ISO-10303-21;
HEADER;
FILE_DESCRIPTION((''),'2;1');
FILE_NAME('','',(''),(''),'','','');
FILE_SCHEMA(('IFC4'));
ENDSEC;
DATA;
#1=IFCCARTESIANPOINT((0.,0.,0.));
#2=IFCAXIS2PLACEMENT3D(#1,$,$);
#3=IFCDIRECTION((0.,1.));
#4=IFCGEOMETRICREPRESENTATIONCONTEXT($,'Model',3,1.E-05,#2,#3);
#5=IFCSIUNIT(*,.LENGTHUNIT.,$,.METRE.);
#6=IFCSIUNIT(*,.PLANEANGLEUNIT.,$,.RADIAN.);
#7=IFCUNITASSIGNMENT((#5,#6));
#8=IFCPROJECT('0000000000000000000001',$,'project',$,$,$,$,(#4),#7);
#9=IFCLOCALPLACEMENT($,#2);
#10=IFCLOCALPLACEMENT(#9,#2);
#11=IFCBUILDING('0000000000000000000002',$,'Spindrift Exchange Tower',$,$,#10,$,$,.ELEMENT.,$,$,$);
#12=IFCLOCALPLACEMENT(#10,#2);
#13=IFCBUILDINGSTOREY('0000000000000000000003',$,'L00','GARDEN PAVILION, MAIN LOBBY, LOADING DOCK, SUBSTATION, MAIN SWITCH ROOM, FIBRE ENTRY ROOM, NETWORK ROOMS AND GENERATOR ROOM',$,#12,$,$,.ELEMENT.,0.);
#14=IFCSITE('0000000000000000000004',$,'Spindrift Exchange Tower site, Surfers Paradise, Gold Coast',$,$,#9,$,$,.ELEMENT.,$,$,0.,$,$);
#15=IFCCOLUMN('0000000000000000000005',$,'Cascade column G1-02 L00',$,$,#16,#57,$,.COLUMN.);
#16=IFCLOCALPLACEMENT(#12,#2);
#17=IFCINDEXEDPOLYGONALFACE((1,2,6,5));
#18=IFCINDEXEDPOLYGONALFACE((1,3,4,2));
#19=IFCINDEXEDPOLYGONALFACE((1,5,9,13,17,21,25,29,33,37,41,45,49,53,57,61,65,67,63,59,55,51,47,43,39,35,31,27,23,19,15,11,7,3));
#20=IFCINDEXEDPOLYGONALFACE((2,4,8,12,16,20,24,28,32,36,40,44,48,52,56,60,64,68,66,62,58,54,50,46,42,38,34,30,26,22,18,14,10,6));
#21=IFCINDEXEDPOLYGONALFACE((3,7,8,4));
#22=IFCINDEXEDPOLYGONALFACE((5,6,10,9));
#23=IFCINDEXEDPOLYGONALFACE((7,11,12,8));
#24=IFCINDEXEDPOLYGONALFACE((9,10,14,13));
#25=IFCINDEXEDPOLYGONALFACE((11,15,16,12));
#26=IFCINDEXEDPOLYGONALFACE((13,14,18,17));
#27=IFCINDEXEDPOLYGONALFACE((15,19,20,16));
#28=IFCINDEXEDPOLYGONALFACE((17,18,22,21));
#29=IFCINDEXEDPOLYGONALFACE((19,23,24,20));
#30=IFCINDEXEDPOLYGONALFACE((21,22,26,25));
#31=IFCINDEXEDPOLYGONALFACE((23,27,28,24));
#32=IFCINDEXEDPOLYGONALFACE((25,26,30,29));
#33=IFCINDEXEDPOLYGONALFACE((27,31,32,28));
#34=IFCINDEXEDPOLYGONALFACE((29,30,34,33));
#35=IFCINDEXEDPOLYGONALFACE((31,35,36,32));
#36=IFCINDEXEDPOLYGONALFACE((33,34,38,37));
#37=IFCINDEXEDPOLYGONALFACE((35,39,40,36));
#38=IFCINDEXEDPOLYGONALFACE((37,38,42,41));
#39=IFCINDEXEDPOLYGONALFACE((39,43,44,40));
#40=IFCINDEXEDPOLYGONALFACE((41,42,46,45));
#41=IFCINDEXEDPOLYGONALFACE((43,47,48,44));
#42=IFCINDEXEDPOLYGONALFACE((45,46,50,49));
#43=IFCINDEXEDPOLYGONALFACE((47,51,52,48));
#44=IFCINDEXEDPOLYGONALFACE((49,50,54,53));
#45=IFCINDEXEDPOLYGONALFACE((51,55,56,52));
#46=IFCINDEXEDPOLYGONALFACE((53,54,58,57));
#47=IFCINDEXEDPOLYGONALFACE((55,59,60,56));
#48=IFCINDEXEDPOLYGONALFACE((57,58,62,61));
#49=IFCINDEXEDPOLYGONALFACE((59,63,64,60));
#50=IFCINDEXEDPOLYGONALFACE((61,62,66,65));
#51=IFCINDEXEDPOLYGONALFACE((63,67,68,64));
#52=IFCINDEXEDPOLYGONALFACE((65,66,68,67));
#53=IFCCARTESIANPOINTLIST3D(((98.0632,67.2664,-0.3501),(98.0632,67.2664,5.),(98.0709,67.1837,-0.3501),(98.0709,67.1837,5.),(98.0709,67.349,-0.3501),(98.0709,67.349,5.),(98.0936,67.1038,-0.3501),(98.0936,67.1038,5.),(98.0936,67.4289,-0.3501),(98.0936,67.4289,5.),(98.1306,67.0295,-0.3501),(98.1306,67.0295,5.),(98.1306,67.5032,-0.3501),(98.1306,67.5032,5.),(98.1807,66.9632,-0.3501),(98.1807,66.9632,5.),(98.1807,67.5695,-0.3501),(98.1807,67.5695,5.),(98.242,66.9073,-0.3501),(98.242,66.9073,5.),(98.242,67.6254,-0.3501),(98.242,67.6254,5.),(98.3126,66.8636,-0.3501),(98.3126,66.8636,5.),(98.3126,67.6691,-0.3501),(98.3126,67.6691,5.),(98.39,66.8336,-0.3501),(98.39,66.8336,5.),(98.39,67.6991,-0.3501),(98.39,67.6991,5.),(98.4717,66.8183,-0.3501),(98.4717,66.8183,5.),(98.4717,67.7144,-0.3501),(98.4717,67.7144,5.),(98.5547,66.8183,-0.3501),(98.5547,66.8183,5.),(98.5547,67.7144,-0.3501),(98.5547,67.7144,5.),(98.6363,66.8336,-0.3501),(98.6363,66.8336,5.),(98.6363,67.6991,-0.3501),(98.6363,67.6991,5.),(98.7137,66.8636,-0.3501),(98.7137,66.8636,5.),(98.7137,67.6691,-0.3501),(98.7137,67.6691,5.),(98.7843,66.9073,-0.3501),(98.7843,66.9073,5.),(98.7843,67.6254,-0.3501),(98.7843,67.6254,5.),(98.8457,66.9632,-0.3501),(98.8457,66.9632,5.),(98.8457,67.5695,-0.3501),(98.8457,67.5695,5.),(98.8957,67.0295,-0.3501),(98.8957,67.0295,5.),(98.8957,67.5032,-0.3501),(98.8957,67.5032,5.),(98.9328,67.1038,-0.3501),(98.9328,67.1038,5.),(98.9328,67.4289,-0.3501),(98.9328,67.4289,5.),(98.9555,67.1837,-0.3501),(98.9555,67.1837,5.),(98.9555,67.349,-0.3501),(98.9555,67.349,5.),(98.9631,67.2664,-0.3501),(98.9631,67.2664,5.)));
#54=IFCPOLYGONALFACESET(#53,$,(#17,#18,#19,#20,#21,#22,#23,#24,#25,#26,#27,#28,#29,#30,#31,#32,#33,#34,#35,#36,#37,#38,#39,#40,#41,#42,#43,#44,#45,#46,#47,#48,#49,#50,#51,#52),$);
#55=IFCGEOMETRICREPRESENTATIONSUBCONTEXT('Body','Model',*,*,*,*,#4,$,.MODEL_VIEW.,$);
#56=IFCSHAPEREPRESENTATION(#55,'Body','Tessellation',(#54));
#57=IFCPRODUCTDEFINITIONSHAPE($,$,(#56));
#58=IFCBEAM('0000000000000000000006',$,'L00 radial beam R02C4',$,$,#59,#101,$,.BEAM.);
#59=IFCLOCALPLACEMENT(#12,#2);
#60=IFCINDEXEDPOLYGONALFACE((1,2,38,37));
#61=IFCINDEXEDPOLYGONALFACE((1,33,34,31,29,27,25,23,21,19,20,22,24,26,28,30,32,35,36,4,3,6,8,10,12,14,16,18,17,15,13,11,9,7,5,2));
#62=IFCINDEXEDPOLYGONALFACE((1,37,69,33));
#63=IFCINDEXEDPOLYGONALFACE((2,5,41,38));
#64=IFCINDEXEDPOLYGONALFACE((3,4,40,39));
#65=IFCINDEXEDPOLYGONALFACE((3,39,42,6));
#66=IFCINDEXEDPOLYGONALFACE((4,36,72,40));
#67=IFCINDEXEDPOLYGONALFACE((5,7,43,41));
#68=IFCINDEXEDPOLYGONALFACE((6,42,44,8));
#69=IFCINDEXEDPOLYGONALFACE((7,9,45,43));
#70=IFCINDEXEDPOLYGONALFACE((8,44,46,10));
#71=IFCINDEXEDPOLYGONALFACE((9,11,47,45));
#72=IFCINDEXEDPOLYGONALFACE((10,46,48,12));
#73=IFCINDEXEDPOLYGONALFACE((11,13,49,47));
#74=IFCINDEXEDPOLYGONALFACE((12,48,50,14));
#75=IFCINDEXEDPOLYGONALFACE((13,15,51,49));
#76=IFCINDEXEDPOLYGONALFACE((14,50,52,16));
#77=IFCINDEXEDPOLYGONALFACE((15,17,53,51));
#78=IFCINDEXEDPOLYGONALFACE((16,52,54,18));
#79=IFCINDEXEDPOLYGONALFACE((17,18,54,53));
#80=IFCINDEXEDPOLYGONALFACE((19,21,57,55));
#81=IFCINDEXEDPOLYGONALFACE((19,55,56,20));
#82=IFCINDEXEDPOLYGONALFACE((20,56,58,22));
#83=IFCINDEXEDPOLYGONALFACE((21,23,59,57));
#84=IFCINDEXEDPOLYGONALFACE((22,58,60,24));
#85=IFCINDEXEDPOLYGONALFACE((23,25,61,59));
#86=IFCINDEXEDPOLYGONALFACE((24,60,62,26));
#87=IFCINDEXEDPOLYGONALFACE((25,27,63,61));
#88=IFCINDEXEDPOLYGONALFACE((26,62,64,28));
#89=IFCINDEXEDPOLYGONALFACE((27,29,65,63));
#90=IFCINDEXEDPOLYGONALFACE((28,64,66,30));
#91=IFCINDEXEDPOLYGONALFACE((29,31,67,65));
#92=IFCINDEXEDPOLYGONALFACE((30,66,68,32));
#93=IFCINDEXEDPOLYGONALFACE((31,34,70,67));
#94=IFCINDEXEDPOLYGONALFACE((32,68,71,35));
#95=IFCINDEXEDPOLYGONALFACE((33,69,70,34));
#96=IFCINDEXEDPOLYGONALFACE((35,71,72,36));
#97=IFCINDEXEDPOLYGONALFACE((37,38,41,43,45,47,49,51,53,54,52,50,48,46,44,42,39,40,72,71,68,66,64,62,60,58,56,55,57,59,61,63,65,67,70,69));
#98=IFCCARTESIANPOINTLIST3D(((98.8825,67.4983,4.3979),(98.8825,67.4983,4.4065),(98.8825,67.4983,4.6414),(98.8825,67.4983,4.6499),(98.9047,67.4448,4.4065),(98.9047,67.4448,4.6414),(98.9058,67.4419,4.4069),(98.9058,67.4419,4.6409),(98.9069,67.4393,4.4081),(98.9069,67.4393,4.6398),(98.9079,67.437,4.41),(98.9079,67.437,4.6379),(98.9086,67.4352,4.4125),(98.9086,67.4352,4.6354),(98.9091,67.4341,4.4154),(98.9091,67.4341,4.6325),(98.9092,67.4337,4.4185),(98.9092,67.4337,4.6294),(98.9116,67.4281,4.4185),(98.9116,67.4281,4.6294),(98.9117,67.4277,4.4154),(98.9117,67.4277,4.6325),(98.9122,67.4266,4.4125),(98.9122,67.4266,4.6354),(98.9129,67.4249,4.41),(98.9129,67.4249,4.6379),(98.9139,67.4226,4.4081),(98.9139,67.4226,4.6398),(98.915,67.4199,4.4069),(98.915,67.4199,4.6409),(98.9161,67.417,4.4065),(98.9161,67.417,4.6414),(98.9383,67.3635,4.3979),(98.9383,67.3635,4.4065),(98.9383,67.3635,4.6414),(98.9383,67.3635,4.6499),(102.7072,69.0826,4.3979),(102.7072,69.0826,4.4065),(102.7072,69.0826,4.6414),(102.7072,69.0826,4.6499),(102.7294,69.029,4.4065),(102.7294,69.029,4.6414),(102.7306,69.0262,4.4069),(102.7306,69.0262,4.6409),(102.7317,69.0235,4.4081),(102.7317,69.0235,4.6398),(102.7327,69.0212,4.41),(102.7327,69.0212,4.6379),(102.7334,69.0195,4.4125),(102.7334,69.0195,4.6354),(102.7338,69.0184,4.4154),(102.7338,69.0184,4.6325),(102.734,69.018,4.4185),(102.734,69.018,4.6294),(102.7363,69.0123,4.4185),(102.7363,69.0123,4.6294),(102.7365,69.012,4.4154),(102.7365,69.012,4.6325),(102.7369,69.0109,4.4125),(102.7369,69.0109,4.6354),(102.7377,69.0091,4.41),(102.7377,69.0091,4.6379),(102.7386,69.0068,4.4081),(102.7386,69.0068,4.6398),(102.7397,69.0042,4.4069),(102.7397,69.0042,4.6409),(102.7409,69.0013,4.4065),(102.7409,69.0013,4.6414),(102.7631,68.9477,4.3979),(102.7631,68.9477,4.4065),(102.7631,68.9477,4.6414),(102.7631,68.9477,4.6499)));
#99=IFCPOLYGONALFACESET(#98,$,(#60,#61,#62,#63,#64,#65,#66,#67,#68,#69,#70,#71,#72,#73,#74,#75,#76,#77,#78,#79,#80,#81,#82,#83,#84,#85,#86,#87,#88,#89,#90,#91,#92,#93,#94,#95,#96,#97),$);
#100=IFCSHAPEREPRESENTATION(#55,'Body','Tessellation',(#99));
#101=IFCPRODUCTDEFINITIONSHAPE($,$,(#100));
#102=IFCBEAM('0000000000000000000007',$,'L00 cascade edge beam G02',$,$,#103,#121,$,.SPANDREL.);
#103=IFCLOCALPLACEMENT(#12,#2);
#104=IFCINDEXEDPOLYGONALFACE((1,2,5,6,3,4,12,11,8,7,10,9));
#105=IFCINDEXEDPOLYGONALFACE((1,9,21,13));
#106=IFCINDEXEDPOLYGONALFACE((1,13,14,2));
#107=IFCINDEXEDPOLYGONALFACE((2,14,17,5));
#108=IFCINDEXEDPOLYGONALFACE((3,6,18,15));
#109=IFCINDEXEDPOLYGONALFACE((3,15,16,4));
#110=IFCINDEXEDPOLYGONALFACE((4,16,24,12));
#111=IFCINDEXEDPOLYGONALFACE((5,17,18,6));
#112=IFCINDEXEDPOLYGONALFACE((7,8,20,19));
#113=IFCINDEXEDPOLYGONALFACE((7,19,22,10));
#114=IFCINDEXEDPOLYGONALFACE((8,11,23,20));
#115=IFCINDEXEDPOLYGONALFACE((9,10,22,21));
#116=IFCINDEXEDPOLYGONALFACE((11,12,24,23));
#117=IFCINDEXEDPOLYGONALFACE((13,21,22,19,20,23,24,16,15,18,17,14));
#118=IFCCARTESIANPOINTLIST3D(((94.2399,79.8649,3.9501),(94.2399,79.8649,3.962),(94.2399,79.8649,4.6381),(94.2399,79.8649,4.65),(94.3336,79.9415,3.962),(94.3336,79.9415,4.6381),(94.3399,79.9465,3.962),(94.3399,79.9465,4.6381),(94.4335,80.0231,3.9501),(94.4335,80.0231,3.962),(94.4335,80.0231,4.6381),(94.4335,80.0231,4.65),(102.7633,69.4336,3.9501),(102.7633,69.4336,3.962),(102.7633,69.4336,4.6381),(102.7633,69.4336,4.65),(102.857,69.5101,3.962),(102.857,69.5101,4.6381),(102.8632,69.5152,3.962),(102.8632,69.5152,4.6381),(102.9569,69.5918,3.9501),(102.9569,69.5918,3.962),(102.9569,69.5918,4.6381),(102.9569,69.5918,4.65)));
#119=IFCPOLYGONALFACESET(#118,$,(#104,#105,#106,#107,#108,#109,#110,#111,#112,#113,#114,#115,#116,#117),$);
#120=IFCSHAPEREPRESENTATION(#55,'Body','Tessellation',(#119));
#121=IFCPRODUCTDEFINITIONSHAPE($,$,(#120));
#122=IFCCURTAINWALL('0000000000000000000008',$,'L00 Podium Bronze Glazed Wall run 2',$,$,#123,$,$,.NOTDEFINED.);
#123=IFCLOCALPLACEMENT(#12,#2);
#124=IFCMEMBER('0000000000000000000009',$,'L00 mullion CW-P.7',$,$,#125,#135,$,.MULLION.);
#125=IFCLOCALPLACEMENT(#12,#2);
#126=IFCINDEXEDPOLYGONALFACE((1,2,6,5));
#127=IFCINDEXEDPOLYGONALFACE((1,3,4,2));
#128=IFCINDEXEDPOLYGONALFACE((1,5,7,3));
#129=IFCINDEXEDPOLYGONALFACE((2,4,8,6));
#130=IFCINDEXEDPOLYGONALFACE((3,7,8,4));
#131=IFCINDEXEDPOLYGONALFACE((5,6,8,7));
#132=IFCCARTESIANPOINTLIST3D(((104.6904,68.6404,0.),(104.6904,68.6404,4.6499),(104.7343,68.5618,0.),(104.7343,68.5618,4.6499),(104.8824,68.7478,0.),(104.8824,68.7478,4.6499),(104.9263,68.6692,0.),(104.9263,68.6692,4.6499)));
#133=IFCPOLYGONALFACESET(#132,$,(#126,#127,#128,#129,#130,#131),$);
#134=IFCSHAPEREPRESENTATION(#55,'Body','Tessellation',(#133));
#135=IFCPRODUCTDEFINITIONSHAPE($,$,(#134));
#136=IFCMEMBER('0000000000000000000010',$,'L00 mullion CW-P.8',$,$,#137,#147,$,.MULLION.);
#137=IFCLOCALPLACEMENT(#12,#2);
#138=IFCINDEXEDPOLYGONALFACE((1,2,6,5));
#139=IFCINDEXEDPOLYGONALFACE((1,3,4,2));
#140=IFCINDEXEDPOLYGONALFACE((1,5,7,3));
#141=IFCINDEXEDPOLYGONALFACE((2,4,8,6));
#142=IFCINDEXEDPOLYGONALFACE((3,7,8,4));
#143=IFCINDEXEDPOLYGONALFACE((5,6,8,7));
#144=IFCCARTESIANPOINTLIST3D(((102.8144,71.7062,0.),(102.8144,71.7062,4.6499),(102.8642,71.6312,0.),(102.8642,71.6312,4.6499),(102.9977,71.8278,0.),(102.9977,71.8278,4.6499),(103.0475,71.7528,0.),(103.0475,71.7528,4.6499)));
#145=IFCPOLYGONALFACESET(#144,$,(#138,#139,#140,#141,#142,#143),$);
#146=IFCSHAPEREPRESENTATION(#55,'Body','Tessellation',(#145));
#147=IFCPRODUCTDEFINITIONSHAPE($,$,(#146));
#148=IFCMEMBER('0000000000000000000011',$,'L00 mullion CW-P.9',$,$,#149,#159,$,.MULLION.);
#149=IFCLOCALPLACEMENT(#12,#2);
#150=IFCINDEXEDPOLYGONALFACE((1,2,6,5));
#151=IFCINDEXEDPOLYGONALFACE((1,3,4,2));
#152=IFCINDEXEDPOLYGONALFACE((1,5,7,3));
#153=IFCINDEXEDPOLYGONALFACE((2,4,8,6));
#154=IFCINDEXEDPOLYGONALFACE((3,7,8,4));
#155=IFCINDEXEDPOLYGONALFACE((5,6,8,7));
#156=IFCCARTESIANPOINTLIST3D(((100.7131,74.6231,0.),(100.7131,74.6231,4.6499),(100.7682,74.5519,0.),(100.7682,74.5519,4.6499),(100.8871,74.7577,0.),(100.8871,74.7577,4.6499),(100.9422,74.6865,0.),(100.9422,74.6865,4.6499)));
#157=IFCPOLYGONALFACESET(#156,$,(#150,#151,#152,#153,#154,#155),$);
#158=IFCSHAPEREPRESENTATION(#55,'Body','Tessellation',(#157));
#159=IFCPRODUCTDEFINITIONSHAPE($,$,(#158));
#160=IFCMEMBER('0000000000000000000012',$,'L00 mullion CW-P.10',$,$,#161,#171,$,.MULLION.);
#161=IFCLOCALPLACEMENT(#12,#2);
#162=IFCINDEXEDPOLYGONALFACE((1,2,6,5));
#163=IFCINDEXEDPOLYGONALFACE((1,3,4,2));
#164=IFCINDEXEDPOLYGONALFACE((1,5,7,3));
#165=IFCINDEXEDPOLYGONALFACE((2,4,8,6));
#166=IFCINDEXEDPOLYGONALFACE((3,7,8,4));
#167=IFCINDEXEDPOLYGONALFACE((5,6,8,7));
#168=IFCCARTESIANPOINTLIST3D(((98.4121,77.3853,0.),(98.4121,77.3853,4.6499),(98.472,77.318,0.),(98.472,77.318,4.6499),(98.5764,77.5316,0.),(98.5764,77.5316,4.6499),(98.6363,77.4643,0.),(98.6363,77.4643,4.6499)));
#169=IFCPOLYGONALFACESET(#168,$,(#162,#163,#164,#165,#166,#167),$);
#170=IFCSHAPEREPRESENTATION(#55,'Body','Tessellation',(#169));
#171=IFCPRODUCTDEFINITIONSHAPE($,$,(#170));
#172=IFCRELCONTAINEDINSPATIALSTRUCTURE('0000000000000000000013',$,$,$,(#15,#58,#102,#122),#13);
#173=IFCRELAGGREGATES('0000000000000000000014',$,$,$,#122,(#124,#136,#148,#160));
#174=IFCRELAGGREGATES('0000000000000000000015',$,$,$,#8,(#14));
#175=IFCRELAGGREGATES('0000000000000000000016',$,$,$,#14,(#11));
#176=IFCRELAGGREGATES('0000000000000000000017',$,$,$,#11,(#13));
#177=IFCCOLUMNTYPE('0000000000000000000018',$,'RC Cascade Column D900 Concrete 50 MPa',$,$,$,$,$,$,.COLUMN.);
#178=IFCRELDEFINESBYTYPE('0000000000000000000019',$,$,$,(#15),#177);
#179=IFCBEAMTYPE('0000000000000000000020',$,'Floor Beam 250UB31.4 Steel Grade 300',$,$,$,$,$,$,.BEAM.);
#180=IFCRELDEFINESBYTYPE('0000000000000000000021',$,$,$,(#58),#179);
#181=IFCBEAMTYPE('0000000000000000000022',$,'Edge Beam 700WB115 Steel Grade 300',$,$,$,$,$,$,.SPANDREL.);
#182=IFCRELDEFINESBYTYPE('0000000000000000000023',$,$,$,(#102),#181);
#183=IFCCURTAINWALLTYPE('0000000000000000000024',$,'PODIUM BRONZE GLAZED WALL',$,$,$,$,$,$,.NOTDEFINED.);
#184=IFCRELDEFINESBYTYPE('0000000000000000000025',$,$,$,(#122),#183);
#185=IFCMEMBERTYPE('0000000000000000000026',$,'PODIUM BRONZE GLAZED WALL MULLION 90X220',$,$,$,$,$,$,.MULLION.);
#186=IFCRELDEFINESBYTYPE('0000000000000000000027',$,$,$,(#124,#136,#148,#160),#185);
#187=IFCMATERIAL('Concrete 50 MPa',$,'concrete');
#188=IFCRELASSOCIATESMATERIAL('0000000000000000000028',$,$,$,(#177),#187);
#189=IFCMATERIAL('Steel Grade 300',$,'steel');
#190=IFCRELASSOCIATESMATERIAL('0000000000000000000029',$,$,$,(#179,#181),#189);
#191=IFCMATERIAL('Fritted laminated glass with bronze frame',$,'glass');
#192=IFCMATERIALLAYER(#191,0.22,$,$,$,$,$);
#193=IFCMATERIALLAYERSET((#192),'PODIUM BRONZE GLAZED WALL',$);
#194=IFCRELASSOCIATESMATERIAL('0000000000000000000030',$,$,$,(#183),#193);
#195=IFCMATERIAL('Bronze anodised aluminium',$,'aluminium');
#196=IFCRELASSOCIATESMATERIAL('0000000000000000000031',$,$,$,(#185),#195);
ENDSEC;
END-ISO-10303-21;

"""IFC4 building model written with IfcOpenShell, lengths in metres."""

from ifc_helpers import new_model, si_unit, direction, frame, origin, origin_2d, place, context, subcontext, project, spatial, rectangle, circle, i_section, extrude, source, transform, mapped, material, layer, layer_set, material_profile, profile_set, type_object, element, aggregate, save


model = new_model("IFC4")

# Units and contexts
model_context = context("Model", 3, precision=1e-05, world=origin(), true_north=direction((0.0, 1.0)))
body_context = subcontext(model_context, "Body", "Model", "MODEL_VIEW")
ifc_project = project(units=[si_unit("LENGTHUNIT", "METRE"), si_unit("PLANEANGLEUNIT", "RADIAN")], contexts=[model_context])

# Site, building, storey
site_placement = place(None, origin())
site = spatial("IfcSite", under=ifc_project, at=site_placement, Name="Spindrift Exchange Tower site, Surfers Paradise, Gold Coast", CompositionType="ELEMENT", RefElevation=0.0)
building_placement = place(site_placement, origin())
building = spatial("IfcBuilding", under=site, at=building_placement, Name="Spindrift Exchange Tower", CompositionType="ELEMENT")
storey_placement = place(building_placement, origin())
storey = spatial("IfcBuildingStorey", under=building, at=storey_placement, Name="L00", Description="GARDEN PAVILION, MAIN LOBBY, LOADING DOCK, SUBSTATION, MAIN SWITCH ROOM, FIBRE ENTRY ROOM, NETWORK ROOMS AND GENERATOR ROOM", CompositionType="ELEMENT", Elevation=0.0)

# Column
ifc_material_1 = material(Name="Concrete 50 MPa", Category="concrete")
ifc_material_profile_1 = material_profile(ifc_material_1, circle(Radius=0.45, at=origin_2d()), Name="RC D900")
ifc_profile_set_1 = profile_set([ifc_material_profile_1], Name="Concrete 50 MPa")
column_type = type_object("IfcColumnType", Name="RC Cascade Column D900 Concrete 50 MPa", PredefinedType="COLUMN", material=ifc_profile_set_1)
shared_shape_1 = source(origin(), body_context, "Body", "SweptSolid", [
    extrude(circle(Radius=0.45, at=origin_2d()), origin(), (0.0, 0.0, 1.0), 5.3501),
])
column_1_placement = place(storey_placement, frame((98.5132, 67.2664, -0.3501), z_axis=(0.0, 0.0, 1.0), x_axis=(1.0, 0.0, 0.0)))
element("IfcColumn", 1, at=column_1_placement, inside=storey, type_object=column_type, Name="Cascade column G1-02 L00", PredefinedType="COLUMN", context=body_context, shape_type="MappedRepresentation", body=[
    mapped(shared_shape_1, transform((0.0, 0.0, 0.0), scale=1.0)),
])

# Beams
ifc_material_2 = material(Name="Steel Grade 300", Category="steel")
ifc_material_profile_2 = material_profile(ifc_material_2, i_section(OverallWidth=0.146, OverallDepth=0.252, WebThickness=0.0061, FlangeThickness=0.0085, FilletRadius=0.012, at=origin_2d()), Name="250UB31.4")
ifc_profile_set_2 = profile_set([ifc_material_profile_2], Name="Steel Grade 300")
beam_type_1 = type_object("IfcBeamType", Name="Floor Beam 250UB31.4 Steel Grade 300", PredefinedType="BEAM", material=ifc_profile_set_2)
shared_shape_2 = source(origin(), body_context, "Body", "SweptSolid", [
    extrude(i_section(OverallWidth=0.146, OverallDepth=0.252, WebThickness=0.0061, FlangeThickness=0.0085, FilletRadius=0.012, at=origin_2d()), origin(), (0.0, 0.0, 1.0), 4.1399),
])
beam_1_placement = place(storey_placement, frame((98.9104, 67.4309, 4.5239), z_axis=(0.923881, 0.38268, 0.0), x_axis=(-0.38268, 0.923881, 0.0)))
element("IfcBeam", 2, at=beam_1_placement, inside=storey, type_object=beam_type_1, Name="L00 radial beam R02C4", PredefinedType="BEAM", context=body_context, shape_type="MappedRepresentation", body=[
    mapped(shared_shape_2, transform((0.0, 0.0, 0.0), scale=1.0)),
])
ifc_material_profile_3 = material_profile(ifc_material_2, i_section(OverallWidth=0.25, OverallDepth=0.7, WebThickness=0.0081, FlangeThickness=0.012, at=origin_2d()), Name="700WB115")
ifc_profile_set_3 = profile_set([ifc_material_profile_3], Name="Steel Grade 300")
beam_type_2 = type_object("IfcBeamType", Name="Edge Beam 700WB115 Steel Grade 300", PredefinedType="SPANDREL", material=ifc_profile_set_3)
shared_shape_3 = source(origin(), body_context, "Body", "SweptSolid", [
    extrude(i_section(OverallWidth=0.25, OverallDepth=0.7, WebThickness=0.0081, FlangeThickness=0.012, at=origin_2d()), origin(), (0.0, 0.0, 1.0), 13.4707),
])
beam_2_placement = place(storey_placement, frame((102.8601, 69.5127, 4.3), z_axis=(-0.632733, 0.77437, 0.0), x_axis=(-0.77437, -0.632733, 0.0)))
element("IfcBeam", 3, at=beam_2_placement, inside=storey, type_object=beam_type_2, Name="L00 cascade edge beam G02", PredefinedType="SPANDREL", context=body_context, shape_type="MappedRepresentation", body=[
    mapped(shared_shape_3, transform((0.0, 0.0, 0.0), scale=1.0)),
])

# Curtain wall, members
ifc_material_3 = material(Name="Fritted laminated glass with bronze frame", Category="glass")
ifc_layer_1 = layer(ifc_material_3, 0.22)
ifc_layer_set_1 = layer_set([ifc_layer_1], Name="PODIUM BRONZE GLAZED WALL")
curtain_wall_type = type_object("IfcCurtainWallType", Name="PODIUM BRONZE GLAZED WALL", PredefinedType="NOTDEFINED", material=ifc_layer_set_1)
curtain_wall_placement = place(storey_placement, origin())
curtain_wall = element("IfcCurtainWall", 4, at=curtain_wall_placement, inside=storey, type_object=curtain_wall_type, Name="L00 Podium Bronze Glazed Wall run 2", PredefinedType="NOTDEFINED")
ifc_material_4 = material(Name="Bronze anodised aluminium", Category="aluminium")
ifc_material_profile_4 = material_profile(ifc_material_4, rectangle(XDim=0.0901, YDim=0.22, at=origin_2d()), Name="PODIUM BRONZE GLAZED WALL MULLION 90X220")
ifc_profile_set_4 = profile_set([ifc_material_profile_4], Name="Bronze anodised aluminium")
member_type_1 = type_object("IfcMemberType", Name="PODIUM BRONZE GLAZED WALL MULLION 90X220", PredefinedType="MULLION", material=ifc_profile_set_4)
shared_shape_4 = source(origin(), body_context, "Body", "SweptSolid", [
    extrude(rectangle(XDim=0.0901, YDim=0.22, at=origin_2d()), origin(), (0.0, 0.0, 1.0), 4.6499),
])
member_1_placement = place(storey_placement, frame((104.8083, 68.6548, 0.0), z_axis=(0.0, 0.0, 1.0), x_axis=(-0.488166, 0.872751, 0.0)))
member_1 = element("IfcMember", 5, at=member_1_placement, type_object=member_type_1, Name="L00 mullion CW-P.7", PredefinedType="MULLION", context=body_context, shape_type="MappedRepresentation", body=[
    mapped(shared_shape_4, transform((0.0, 0.0, 0.0), scale=1.0)),
])
member_2_placement = place(storey_placement, frame((102.9309, 71.7295, 0.0), z_axis=(0.0, 0.0, 1.0), x_axis=(-0.552843, 0.833286, 0.0)))
member_2 = element("IfcMember", 6, at=member_2_placement, type_object=member_type_1, Name="L00 mullion CW-P.8", PredefinedType="MULLION", context=body_context, shape_type="MappedRepresentation", body=[
    mapped(shared_shape_4, transform((0.0, 0.0, 0.0), scale=1.0)),
])
member_3_placement = place(storey_placement, frame((100.8276, 74.6548, 0.0), z_axis=(0.0, 0.0, 1.0), x_axis=(-0.611951, 0.790896, 0.0)))
member_3 = element("IfcMember", 7, at=member_3_placement, type_object=member_type_1, Name="L00 mullion CW-P.9", PredefinedType="MULLION", context=body_context, shape_type="MappedRepresentation", body=[
    mapped(shared_shape_4, transform((0.0, 0.0, 0.0), scale=1.0)),
])
member_4_placement = place(storey_placement, frame((98.5242, 77.4248, 0.0), z_axis=(0.0, 0.0, 1.0), x_axis=(-0.665028, 0.746818, 0.0)))
member_4 = element("IfcMember", 8, at=member_4_placement, type_object=member_type_1, Name="L00 mullion CW-P.10", PredefinedType="MULLION", context=body_context, shape_type="MappedRepresentation", body=[
    mapped(shared_shape_4, transform((0.0, 0.0, 0.0), scale=1.0)),
])
aggregate(curtain_wall, [member_1, member_2, member_3, member_4])

save(model, "model.ifc")
